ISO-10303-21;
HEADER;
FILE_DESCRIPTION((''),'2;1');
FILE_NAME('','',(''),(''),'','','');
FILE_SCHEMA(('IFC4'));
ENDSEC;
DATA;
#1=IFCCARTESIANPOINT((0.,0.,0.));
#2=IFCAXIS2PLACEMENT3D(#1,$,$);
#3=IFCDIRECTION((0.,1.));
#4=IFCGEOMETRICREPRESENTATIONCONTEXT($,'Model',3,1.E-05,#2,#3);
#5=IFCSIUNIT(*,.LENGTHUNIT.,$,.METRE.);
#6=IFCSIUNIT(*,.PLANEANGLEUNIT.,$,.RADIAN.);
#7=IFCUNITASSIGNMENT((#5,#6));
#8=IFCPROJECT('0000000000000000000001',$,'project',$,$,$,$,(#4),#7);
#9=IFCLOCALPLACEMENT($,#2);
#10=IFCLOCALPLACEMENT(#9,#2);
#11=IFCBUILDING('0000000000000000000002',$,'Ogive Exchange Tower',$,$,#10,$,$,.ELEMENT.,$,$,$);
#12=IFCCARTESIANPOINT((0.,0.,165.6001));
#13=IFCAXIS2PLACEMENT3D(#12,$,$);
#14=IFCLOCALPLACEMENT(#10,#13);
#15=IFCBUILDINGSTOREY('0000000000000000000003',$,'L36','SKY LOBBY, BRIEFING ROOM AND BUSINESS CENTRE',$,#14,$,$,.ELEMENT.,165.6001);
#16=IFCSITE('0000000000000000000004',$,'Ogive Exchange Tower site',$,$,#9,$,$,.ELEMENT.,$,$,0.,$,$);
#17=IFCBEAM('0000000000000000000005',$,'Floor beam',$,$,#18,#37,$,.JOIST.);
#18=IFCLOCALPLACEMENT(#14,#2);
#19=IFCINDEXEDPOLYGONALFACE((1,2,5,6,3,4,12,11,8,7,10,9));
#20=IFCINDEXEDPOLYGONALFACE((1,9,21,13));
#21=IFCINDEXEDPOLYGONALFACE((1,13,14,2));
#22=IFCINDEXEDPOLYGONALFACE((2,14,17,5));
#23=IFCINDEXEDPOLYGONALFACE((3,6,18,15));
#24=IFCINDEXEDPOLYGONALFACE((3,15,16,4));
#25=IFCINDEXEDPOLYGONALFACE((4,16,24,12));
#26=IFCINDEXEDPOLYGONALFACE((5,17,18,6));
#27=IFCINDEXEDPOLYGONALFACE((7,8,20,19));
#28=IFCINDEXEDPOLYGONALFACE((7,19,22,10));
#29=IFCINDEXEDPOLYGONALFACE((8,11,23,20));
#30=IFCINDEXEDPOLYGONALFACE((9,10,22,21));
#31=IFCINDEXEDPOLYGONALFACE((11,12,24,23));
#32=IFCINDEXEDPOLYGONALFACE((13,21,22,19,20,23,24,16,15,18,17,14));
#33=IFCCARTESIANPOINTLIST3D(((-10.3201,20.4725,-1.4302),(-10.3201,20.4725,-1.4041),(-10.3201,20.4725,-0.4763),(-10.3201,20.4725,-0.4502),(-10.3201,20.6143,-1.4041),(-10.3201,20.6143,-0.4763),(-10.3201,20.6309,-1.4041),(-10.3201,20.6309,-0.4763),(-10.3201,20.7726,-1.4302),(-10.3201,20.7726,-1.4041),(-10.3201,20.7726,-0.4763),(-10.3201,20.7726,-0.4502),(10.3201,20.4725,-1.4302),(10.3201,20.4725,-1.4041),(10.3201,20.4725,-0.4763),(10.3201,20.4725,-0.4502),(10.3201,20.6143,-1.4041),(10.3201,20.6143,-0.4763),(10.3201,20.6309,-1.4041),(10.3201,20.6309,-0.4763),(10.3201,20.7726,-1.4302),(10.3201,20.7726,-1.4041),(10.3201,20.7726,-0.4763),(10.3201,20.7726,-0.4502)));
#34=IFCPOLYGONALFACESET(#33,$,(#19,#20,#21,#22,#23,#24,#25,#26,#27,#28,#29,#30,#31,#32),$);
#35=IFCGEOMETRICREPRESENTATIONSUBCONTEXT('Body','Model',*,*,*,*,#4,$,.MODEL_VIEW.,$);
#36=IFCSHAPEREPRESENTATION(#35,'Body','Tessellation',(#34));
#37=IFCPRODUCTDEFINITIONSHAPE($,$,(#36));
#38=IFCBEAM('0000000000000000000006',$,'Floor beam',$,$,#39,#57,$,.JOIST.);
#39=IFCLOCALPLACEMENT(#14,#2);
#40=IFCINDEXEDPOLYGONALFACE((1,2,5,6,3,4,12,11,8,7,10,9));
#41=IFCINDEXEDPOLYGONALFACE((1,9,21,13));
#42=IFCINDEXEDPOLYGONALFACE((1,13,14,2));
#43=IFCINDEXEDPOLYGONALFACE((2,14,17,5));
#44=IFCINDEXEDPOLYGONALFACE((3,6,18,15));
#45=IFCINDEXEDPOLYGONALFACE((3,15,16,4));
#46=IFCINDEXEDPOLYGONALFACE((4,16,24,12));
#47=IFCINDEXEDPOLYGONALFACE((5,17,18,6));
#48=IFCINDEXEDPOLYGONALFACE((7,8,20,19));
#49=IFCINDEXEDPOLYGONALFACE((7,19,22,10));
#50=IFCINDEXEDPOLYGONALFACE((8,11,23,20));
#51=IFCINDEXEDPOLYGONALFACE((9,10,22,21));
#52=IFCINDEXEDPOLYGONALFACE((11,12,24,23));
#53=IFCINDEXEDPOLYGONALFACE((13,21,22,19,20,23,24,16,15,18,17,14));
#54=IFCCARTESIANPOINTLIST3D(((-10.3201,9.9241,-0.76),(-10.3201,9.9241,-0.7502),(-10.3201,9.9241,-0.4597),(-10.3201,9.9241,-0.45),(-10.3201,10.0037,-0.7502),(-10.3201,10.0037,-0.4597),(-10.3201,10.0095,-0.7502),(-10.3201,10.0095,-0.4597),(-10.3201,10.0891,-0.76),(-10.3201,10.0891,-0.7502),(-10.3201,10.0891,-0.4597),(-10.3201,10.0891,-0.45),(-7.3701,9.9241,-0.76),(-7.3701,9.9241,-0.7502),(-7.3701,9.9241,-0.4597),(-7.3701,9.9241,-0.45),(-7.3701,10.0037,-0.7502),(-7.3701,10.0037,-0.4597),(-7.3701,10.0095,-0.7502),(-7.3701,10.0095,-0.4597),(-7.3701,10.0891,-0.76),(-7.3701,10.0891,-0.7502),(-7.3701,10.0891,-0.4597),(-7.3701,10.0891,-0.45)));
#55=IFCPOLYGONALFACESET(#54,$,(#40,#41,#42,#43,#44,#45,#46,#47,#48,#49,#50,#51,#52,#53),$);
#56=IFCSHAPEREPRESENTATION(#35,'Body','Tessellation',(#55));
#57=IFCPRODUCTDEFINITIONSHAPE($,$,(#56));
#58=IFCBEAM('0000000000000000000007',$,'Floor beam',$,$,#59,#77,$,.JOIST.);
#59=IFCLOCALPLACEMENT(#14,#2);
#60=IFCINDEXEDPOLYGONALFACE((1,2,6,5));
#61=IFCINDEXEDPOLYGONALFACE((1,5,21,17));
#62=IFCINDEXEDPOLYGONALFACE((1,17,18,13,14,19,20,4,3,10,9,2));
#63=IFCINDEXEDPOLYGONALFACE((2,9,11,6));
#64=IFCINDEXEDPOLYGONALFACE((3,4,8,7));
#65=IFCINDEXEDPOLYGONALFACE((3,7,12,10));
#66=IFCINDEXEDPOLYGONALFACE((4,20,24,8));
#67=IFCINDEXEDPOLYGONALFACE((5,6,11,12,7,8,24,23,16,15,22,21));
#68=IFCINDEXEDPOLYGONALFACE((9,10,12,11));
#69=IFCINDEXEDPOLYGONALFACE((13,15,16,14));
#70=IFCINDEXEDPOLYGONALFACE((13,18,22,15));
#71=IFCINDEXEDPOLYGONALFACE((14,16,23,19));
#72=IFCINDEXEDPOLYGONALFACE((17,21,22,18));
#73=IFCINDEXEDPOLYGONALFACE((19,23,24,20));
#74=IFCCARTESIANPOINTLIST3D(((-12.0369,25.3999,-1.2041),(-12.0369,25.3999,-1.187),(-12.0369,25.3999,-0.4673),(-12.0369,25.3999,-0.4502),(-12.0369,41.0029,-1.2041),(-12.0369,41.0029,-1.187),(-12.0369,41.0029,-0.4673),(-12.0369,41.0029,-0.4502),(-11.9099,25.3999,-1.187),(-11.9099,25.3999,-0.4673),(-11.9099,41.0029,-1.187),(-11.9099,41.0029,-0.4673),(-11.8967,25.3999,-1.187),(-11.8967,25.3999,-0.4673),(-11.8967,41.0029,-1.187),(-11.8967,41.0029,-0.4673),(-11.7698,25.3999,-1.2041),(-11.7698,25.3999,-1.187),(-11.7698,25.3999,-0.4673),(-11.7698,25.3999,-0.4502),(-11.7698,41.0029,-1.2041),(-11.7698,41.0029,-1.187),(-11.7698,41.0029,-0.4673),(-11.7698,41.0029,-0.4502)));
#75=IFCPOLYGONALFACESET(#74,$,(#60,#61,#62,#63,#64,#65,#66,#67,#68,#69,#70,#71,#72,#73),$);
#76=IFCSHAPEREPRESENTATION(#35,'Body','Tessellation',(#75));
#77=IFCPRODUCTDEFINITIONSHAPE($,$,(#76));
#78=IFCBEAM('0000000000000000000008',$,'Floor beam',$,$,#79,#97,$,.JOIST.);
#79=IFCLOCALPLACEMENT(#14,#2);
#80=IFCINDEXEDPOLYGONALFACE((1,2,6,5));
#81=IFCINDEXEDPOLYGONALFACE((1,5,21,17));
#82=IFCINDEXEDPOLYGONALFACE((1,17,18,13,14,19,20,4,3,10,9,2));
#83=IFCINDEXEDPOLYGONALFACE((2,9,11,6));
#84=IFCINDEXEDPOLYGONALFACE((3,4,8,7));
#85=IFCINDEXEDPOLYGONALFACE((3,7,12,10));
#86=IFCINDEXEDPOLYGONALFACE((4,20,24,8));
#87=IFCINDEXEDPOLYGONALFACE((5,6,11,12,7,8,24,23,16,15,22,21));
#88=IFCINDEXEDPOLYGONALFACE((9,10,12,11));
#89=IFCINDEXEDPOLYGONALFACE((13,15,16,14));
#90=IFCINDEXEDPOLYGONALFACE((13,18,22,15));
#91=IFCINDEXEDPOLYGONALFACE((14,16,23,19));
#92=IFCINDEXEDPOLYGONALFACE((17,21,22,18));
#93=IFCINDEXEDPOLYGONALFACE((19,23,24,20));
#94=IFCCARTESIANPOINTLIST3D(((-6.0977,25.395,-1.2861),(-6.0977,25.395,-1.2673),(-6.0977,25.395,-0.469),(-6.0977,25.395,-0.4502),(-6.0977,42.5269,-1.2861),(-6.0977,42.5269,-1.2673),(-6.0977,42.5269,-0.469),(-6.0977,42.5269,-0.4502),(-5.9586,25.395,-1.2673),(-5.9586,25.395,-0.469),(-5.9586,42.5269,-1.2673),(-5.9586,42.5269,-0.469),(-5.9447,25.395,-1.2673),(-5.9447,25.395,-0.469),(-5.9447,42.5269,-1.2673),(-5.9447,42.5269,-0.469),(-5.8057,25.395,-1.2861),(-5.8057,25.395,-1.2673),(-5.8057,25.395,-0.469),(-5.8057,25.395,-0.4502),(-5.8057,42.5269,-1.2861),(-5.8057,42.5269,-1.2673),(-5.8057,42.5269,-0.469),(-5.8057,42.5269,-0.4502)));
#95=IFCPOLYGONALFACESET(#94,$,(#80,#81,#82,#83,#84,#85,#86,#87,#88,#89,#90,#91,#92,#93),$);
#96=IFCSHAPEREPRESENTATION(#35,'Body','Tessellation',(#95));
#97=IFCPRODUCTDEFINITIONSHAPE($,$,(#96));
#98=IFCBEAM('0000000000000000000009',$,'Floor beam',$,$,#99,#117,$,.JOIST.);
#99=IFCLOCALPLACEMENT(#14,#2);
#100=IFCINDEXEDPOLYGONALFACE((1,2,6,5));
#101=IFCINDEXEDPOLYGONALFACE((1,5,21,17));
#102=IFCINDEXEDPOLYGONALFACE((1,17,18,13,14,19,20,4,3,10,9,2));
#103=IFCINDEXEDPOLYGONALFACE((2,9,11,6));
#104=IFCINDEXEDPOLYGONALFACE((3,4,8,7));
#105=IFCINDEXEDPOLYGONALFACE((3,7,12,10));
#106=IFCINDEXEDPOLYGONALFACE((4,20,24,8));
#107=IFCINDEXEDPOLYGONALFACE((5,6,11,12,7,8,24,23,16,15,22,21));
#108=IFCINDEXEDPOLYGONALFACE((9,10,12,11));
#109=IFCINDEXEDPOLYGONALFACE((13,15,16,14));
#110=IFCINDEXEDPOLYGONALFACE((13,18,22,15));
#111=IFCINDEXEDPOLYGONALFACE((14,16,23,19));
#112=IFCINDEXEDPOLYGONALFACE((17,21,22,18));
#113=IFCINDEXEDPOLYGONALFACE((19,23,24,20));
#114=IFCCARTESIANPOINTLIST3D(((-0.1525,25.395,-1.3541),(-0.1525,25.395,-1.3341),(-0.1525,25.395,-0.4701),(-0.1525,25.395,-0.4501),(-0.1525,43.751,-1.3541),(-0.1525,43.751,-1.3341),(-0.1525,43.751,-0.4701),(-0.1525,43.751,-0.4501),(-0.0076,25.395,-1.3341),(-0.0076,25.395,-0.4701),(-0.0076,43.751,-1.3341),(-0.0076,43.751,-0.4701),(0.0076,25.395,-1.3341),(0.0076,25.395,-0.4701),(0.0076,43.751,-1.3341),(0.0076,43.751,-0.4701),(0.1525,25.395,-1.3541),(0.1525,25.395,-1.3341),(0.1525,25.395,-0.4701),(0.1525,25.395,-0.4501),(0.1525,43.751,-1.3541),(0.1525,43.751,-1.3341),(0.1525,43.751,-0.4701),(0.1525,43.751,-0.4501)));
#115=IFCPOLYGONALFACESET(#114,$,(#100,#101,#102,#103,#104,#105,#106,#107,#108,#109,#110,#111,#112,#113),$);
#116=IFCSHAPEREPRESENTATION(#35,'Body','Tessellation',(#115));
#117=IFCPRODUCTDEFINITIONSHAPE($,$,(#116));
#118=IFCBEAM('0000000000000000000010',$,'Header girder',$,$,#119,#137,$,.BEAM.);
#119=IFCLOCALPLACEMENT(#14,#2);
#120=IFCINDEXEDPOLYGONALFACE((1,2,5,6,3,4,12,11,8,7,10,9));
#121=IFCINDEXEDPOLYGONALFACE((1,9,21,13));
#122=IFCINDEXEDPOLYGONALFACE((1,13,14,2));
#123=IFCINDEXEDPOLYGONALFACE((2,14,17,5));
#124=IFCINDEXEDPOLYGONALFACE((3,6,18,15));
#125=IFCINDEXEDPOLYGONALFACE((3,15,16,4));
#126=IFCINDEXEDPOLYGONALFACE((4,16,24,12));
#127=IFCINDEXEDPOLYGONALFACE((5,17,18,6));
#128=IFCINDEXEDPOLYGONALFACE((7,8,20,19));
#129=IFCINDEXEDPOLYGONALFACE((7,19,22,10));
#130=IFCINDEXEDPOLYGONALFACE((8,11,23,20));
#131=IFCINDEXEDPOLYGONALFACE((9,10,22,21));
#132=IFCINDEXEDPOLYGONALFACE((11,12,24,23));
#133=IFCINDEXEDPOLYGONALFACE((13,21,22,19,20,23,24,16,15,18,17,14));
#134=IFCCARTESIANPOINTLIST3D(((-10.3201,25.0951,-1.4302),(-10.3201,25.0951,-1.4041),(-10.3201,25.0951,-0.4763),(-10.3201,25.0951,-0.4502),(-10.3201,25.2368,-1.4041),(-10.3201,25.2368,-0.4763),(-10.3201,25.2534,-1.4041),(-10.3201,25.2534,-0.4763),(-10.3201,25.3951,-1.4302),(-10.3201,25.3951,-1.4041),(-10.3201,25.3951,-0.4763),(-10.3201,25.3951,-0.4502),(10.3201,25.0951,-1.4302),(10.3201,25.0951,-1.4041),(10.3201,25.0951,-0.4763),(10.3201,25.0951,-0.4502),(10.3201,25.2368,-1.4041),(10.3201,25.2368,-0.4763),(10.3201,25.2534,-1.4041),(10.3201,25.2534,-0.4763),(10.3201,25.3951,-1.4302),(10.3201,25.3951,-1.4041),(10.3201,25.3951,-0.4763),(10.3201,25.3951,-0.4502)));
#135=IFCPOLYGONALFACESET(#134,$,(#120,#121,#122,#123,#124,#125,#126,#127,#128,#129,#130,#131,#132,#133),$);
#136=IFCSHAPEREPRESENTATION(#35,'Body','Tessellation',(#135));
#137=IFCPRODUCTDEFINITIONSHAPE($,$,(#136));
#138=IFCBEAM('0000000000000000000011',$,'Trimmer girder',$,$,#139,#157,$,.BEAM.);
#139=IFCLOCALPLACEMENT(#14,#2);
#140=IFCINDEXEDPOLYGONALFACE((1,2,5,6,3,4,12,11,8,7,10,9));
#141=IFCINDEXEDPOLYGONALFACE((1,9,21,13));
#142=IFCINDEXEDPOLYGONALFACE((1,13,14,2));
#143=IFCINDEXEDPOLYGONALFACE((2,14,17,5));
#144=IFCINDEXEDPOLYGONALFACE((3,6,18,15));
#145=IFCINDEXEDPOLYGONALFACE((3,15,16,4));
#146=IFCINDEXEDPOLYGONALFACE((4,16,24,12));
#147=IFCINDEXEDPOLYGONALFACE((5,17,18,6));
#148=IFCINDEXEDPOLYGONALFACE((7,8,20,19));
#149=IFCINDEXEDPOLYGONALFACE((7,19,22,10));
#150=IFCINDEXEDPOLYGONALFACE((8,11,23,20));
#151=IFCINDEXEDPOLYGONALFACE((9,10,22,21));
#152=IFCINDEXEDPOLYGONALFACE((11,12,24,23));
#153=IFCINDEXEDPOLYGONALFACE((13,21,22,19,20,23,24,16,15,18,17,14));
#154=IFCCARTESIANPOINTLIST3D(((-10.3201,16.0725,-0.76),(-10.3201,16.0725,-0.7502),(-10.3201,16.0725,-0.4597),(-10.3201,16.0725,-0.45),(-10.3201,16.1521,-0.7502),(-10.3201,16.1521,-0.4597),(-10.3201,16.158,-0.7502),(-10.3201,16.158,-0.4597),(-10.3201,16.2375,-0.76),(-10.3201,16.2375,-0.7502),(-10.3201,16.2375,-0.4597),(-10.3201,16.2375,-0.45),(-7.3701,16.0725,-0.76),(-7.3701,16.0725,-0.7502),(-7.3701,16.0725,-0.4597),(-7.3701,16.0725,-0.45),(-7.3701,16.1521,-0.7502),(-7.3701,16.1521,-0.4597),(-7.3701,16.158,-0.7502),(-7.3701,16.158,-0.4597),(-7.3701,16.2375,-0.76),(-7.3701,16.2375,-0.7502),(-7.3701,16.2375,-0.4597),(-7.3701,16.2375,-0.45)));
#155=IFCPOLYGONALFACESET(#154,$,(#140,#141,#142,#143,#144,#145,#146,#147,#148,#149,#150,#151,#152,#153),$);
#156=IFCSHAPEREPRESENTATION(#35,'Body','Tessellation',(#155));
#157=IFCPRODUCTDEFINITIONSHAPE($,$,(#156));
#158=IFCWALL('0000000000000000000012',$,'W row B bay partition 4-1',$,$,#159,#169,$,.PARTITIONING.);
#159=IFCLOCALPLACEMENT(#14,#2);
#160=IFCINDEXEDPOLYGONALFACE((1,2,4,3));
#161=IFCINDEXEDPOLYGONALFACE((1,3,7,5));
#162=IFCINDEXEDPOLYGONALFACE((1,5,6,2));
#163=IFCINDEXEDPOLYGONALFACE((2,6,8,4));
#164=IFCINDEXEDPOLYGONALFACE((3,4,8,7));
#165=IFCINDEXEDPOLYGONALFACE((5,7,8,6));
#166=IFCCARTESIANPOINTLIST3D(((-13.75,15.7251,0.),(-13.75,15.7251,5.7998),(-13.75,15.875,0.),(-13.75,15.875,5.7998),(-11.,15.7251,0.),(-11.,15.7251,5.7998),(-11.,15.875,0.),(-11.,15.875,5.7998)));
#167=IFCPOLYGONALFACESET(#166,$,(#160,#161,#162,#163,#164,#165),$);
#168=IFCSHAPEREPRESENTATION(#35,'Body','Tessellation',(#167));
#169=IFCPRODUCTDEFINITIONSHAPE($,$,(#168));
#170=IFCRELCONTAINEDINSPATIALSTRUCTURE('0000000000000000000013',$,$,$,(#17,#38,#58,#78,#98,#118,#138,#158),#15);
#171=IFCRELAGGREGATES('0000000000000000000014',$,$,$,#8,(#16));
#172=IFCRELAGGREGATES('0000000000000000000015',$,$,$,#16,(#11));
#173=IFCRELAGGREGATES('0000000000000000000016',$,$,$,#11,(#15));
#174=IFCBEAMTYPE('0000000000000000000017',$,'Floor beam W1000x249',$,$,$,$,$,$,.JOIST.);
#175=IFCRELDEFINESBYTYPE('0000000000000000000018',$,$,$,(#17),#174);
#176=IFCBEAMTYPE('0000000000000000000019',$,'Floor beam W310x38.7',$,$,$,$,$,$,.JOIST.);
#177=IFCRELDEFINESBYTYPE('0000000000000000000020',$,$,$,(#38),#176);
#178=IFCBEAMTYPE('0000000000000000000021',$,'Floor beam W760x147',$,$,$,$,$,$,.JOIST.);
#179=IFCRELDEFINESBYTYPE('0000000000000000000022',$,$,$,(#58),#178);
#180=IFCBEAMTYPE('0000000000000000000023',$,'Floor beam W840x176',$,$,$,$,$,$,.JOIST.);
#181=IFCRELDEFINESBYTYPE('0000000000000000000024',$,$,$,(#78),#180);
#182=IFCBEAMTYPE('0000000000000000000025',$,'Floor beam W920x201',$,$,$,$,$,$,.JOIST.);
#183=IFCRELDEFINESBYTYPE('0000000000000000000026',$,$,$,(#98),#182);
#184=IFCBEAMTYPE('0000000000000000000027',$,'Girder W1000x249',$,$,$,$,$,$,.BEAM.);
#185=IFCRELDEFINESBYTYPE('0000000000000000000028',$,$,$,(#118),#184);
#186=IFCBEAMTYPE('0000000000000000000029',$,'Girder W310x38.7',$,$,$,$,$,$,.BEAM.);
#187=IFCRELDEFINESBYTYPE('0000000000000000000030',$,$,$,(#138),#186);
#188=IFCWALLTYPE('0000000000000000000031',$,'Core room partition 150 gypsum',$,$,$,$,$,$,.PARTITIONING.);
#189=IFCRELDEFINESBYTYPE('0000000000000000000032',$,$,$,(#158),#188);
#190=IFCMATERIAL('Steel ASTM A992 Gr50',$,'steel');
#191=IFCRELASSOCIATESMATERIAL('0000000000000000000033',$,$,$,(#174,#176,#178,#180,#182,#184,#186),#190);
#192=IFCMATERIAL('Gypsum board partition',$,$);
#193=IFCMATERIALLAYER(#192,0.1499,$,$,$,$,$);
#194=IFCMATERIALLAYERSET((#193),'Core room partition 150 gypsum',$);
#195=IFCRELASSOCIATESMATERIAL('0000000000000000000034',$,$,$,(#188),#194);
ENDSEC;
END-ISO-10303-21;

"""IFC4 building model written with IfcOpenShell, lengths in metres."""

from ifc_helpers import new_model, si_unit, direction, frame, frame_2d, origin, origin_2d, place, context, subcontext, project, spatial, rectangle, i_section, extrude, material, layer, layer_set, material_profile, profile_set, type_object, element, save


model = new_model("IFC4")

# Units and contexts
model_context = context("Model", 3, precision=1e-05, world=origin(), true_north=direction((0.0, 1.0)))
body_context = subcontext(model_context, "Body", "Model", "MODEL_VIEW")
ifc_project = project(units=[si_unit("LENGTHUNIT", "METRE"), si_unit("PLANEANGLEUNIT", "RADIAN")], contexts=[model_context])

# Site, building, storey
site_placement = place(None, origin())
site = spatial("IfcSite", under=ifc_project, at=site_placement, Name="Ogive Exchange Tower site", CompositionType="ELEMENT", RefElevation=0.0)
building_placement = place(site_placement, origin())
building = spatial("IfcBuilding", under=site, at=building_placement, Name="Ogive Exchange Tower", CompositionType="ELEMENT")
storey_placement = place(building_placement, frame((0.0, 0.0, 165.6001)))
storey = spatial("IfcBuildingStorey", under=building, at=storey_placement, Name="L36", Description="SKY LOBBY, BRIEFING ROOM AND BUSINESS CENTRE", CompositionType="ELEMENT", Elevation=165.6001)

# Beams
ifc_material_1 = material(Name="Steel ASTM A992 Gr50", Category="steel")
ifc_material_profile_1 = material_profile(ifc_material_1, i_section(OverallWidth=0.3, OverallDepth=0.98, WebThickness=0.0166, FlangeThickness=0.0261, at=origin_2d()), Name="W1000x249")
ifc_profile_set_1 = profile_set([ifc_material_profile_1], Name="Steel ASTM A992 Gr50")
beam_type_1 = type_object("IfcBeamType", Name="Floor beam W1000x249", PredefinedType="JOIST", material=ifc_profile_set_1)
beam_1_placement = place(storey_placement, frame((-10.3201, 20.6226, -0.9402), z_axis=(1.0, 0.0, 0.0), x_axis=(0.0, 1.0, 0.0)))
element("IfcBeam", 1, at=beam_1_placement, inside=storey, type_object=beam_type_1, Name="Floor beam", PredefinedType="JOIST", context=body_context, shape_type="SweptSolid", body=[
    extrude(i_section(OverallWidth=0.3, OverallDepth=0.98, WebThickness=0.0166, FlangeThickness=0.0261, at=origin_2d()), origin(), (0.0, 0.0, 1.0), 20.6401),
])
ifc_material_profile_2 = material_profile(ifc_material_1, i_section(OverallWidth=0.165, OverallDepth=0.3101, WebThickness=0.0059, FlangeThickness=0.0098, at=origin_2d()), Name="W310x38.7")
ifc_profile_set_2 = profile_set([ifc_material_profile_2], Name="Steel ASTM A992 Gr50")
beam_type_2 = type_object("IfcBeamType", Name="Floor beam W310x38.7", PredefinedType="JOIST", material=ifc_profile_set_2)
beam_2_placement = place(storey_placement, frame((-10.3201, 10.0066, -0.605), z_axis=(1.0, 0.0, 0.0), x_axis=(0.0, 1.0, 0.0)))
element("IfcBeam", 2, at=beam_2_placement, inside=storey, type_object=beam_type_2, Name="Floor beam", PredefinedType="JOIST", context=body_context, shape_type="SweptSolid", body=[
    extrude(i_section(OverallWidth=0.165, OverallDepth=0.3101, WebThickness=0.0059, FlangeThickness=0.0098, at=origin_2d()), origin(), (0.0, 0.0, 1.0), 2.95),
])
ifc_material_profile_3 = material_profile(ifc_material_1, i_section(OverallWidth=0.2671, OverallDepth=0.7539, WebThickness=0.0132, FlangeThickness=0.0171, at=origin_2d()), Name="W760x147")
ifc_profile_set_3 = profile_set([ifc_material_profile_3], Name="Steel ASTM A992 Gr50")
beam_type_3 = type_object("IfcBeamType", Name="Floor beam W760x147", PredefinedType="JOIST", material=ifc_profile_set_3)
beam_3_placement = place(storey_placement, frame((-11.9033, 25.3999, -0.8271), z_axis=(0.0, 1.0, 0.0), x_axis=(-1.0, 0.0, 0.0)))
element("IfcBeam", 3, at=beam_3_placement, inside=storey, type_object=beam_type_3, Name="Floor beam", PredefinedType="JOIST", context=body_context, shape_type="SweptSolid", body=[
    extrude(i_section(OverallWidth=0.2671, OverallDepth=0.7539, WebThickness=0.0132, FlangeThickness=0.0171, at=origin_2d()), origin(), (0.0, 0.0, 1.0), 15.603),
])
ifc_material_profile_4 = material_profile(ifc_material_1, i_section(OverallWidth=0.292, OverallDepth=0.8359, WebThickness=0.0139, FlangeThickness=0.0188, at=origin_2d()), Name="W840x176")
ifc_profile_set_4 = profile_set([ifc_material_profile_4], Name="Steel ASTM A992 Gr50")
beam_type_4 = type_object("IfcBeamType", Name="Floor beam W840x176", PredefinedType="JOIST", material=ifc_profile_set_4)
beam_4_placement = place(storey_placement, frame((-5.9517, 25.395, -0.8682), z_axis=(0.0, 1.0, 0.0), x_axis=(-1.0, 0.0, 0.0)))
element("IfcBeam", 4, at=beam_4_placement, inside=storey, type_object=beam_type_4, Name="Floor beam", PredefinedType="JOIST", context=body_context, shape_type="SweptSolid", body=[
    extrude(i_section(OverallWidth=0.292, OverallDepth=0.8359, WebThickness=0.0139, FlangeThickness=0.0188, at=origin_2d()), origin(), (0.0, 0.0, 1.0), 17.1318),
])
ifc_material_profile_5 = material_profile(ifc_material_1, i_section(OverallWidth=0.3049, OverallDepth=0.9041, WebThickness=0.0151, FlangeThickness=0.02, at=origin_2d()), Name="W920x201")
ifc_profile_set_5 = profile_set([ifc_material_profile_5], Name="Steel ASTM A992 Gr50")
beam_type_5 = type_object("IfcBeamType", Name="Floor beam W920x201", PredefinedType="JOIST", material=ifc_profile_set_5)
beam_5_placement = place(storey_placement, frame((0.0, 25.395, -0.9021), z_axis=(0.0, 1.0, 0.0), x_axis=(-1.0, 0.0, 0.0)))
element("IfcBeam", 5, at=beam_5_placement, inside=storey, type_object=beam_type_5, Name="Floor beam", PredefinedType="JOIST", context=body_context, shape_type="SweptSolid", body=[
    extrude(i_section(OverallWidth=0.3049, OverallDepth=0.9041, WebThickness=0.0151, FlangeThickness=0.02, at=origin_2d()), origin(), (0.0, 0.0, 1.0), 18.356),
])
ifc_material_profile_6 = material_profile(ifc_material_1, i_section(OverallWidth=0.3, OverallDepth=0.98, WebThickness=0.0166, FlangeThickness=0.0261, at=origin_2d()), Name="W1000x249")
ifc_profile_set_6 = profile_set([ifc_material_profile_6], Name="Steel ASTM A992 Gr50")
beam_type_6 = type_object("IfcBeamType", Name="Girder W1000x249", PredefinedType="BEAM", material=ifc_profile_set_6)
beam_6_placement = place(storey_placement, frame((-10.3201, 25.2451, -0.9402), z_axis=(1.0, 0.0, 0.0), x_axis=(0.0, 1.0, 0.0)))
element("IfcBeam", 6, at=beam_6_placement, inside=storey, type_object=beam_type_6, Name="Header girder", PredefinedType="BEAM", context=body_context, shape_type="SweptSolid", body=[
    extrude(i_section(OverallWidth=0.3, OverallDepth=0.98, WebThickness=0.0166, FlangeThickness=0.0261, at=origin_2d()), origin(), (0.0, 0.0, 1.0), 20.6401),
])
ifc_material_profile_7 = material_profile(ifc_material_1, i_section(OverallWidth=0.165, OverallDepth=0.3101, WebThickness=0.0059, FlangeThickness=0.0098, at=origin_2d()), Name="W310x38.7")
ifc_profile_set_7 = profile_set([ifc_material_profile_7], Name="Steel ASTM A992 Gr50")
beam_type_7 = type_object("IfcBeamType", Name="Girder W310x38.7", PredefinedType="BEAM", material=ifc_profile_set_7)
beam_7_placement = place(storey_placement, frame((-10.3201, 16.155, -0.605), z_axis=(1.0, 0.0, 0.0), x_axis=(0.0, 1.0, 0.0)))
element("IfcBeam", 7, at=beam_7_placement, inside=storey, type_object=beam_type_7, Name="Trimmer girder", PredefinedType="BEAM", context=body_context, shape_type="SweptSolid", body=[
    extrude(i_section(OverallWidth=0.165, OverallDepth=0.3101, WebThickness=0.0059, FlangeThickness=0.0098, at=origin_2d()), origin(), (0.0, 0.0, 1.0), 2.95),
])

# Wall
ifc_material_2 = material(Name="Gypsum board partition")
ifc_layer_1 = layer(ifc_material_2, 0.1499)
ifc_layer_set_1 = layer_set([ifc_layer_1], Name="Core room partition 150 gypsum")
wall_type_1 = type_object("IfcWallType", Name="Core room partition 150 gypsum", PredefinedType="PARTITIONING", material=ifc_layer_set_1)
wall_1_placement = place(storey_placement, frame((-13.75, 15.8, 0.0), z_axis=(0.0, 0.0, 1.0), x_axis=(1.0, 0.0, 0.0)))
element("IfcWall", 8, at=wall_1_placement, inside=storey, type_object=wall_type_1, Name="W row B bay partition 4-1", PredefinedType="PARTITIONING", context=body_context, shape_type="SweptSolid", body=[
    extrude(rectangle(XDim=2.75, YDim=0.1499, at=frame_2d((1.375, 0.0))), origin(), (0.0, 0.0, 1.0), 5.7998),
])

save(model, "model.ifc")
